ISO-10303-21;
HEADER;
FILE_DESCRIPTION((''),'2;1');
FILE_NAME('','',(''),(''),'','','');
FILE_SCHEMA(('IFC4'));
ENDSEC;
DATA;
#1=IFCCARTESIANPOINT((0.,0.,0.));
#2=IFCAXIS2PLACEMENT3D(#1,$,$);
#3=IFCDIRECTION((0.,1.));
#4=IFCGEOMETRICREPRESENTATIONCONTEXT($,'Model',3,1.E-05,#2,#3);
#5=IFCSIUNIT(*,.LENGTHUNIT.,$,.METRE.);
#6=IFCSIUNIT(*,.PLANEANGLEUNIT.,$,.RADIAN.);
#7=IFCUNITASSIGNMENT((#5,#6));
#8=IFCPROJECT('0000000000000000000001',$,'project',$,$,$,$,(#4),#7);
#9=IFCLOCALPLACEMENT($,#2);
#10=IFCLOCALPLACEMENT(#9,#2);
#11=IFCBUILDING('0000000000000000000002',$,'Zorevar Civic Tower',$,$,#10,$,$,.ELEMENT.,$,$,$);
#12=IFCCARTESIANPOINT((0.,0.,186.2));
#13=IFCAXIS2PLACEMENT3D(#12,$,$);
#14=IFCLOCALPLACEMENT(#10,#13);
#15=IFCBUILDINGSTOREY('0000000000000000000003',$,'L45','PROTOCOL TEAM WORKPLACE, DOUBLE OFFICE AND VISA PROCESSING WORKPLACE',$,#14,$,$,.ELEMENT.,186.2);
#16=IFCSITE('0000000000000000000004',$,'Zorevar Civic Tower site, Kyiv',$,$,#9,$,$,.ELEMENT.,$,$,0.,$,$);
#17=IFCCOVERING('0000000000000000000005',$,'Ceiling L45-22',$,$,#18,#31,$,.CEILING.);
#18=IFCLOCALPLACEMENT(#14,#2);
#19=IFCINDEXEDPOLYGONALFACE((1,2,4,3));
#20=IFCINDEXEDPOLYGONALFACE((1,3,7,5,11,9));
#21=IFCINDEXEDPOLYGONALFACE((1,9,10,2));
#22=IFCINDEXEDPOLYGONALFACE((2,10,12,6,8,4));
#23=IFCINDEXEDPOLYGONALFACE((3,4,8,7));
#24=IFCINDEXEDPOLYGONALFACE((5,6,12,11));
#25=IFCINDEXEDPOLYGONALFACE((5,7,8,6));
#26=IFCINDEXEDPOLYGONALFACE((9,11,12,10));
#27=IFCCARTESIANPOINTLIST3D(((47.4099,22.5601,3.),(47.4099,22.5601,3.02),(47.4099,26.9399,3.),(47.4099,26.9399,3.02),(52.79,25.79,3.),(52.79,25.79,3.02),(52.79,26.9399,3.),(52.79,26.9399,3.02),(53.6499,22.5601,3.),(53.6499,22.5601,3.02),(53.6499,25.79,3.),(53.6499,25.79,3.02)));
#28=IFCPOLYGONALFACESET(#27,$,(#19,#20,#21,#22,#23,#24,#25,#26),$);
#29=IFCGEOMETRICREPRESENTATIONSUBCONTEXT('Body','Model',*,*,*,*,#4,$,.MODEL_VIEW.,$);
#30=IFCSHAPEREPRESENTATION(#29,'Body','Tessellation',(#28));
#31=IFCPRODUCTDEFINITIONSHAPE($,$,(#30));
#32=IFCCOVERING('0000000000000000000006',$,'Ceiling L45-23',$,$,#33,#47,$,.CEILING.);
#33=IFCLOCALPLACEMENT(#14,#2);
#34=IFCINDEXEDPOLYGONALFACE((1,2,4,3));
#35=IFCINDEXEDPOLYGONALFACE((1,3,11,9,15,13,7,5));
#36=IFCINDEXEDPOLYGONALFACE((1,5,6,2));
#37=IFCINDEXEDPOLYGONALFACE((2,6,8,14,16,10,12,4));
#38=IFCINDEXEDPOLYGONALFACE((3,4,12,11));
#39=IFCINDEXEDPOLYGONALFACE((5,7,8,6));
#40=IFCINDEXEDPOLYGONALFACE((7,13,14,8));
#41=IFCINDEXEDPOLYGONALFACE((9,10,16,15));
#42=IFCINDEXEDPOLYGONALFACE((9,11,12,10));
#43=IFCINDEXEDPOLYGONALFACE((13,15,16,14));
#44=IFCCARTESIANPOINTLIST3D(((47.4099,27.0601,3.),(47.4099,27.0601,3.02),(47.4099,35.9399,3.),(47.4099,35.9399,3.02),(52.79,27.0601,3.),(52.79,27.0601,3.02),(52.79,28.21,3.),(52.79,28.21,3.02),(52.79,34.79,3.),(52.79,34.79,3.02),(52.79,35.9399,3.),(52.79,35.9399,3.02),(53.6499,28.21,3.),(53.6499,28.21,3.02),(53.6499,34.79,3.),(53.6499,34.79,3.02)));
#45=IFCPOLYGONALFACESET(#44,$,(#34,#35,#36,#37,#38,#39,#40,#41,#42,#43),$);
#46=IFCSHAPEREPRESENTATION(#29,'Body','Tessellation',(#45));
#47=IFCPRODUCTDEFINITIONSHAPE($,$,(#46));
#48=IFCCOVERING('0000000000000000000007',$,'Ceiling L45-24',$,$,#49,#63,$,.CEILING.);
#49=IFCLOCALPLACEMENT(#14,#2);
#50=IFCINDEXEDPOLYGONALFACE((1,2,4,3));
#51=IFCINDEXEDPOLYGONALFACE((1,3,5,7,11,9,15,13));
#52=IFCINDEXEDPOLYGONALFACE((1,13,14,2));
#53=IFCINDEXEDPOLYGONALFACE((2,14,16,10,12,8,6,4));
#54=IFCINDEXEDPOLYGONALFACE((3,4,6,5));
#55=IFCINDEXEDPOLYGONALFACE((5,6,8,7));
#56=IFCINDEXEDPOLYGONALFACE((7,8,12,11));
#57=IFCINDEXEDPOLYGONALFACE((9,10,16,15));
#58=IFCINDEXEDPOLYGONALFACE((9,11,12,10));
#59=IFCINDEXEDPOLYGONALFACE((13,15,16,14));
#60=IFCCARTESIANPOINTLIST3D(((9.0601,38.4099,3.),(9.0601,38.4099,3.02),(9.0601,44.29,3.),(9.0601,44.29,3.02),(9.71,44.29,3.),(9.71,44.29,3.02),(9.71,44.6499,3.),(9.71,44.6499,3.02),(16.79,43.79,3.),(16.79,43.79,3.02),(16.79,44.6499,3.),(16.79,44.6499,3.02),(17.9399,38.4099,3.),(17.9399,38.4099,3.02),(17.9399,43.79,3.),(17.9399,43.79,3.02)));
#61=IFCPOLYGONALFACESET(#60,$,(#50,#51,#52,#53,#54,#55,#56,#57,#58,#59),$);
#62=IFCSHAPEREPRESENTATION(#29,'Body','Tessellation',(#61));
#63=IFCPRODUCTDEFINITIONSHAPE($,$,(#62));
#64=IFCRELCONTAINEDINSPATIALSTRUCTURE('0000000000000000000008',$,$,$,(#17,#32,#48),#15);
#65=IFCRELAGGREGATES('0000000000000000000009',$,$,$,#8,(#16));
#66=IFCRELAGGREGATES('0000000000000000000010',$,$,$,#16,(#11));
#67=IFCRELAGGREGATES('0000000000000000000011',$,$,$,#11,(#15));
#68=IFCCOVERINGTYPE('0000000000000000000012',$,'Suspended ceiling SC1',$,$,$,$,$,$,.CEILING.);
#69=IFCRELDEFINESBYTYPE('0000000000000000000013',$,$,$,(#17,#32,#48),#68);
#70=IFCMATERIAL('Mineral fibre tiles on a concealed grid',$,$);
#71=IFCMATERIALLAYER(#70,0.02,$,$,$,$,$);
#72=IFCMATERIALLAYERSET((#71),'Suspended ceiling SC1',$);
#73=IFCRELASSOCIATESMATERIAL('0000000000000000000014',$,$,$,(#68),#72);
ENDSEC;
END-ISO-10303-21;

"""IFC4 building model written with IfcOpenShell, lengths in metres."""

from ifc_helpers import new_model, si_unit, direction, frame, origin, place, context, subcontext, project, spatial, polyline, outline, extrude, material, layer, layer_set, type_object, element, save


model = new_model("IFC4")

# Units and contexts
model_context = context("Model", 3, precision=1e-05, world=origin(), true_north=direction((0.0, 1.0)))
body_context = subcontext(model_context, "Body", "Model", "MODEL_VIEW")
ifc_project = project(units=[si_unit("LENGTHUNIT", "METRE"), si_unit("PLANEANGLEUNIT", "RADIAN")], contexts=[model_context])

# Site, building, storey
site_placement = place(None, origin())
site = spatial("IfcSite", under=ifc_project, at=site_placement, Name="Zorevar Civic Tower site, Kyiv", CompositionType="ELEMENT", RefElevation=0.0)
building_placement = place(site_placement, origin())
building = spatial("IfcBuilding", under=site, at=building_placement, Name="Zorevar Civic Tower", CompositionType="ELEMENT")
storey_placement = place(building_placement, frame((0.0, 0.0, 186.2)))
storey = spatial("IfcBuildingStorey", under=building, at=storey_placement, Name="L45", Description="PROTOCOL TEAM WORKPLACE, DOUBLE OFFICE AND VISA PROCESSING WORKPLACE", CompositionType="ELEMENT", Elevation=186.2)

# Coverings
ifc_material_1 = material(Name="Mineral fibre tiles on a concealed grid")
ifc_layer_1 = layer(ifc_material_1, 0.02)
ifc_layer_set_1 = layer_set([ifc_layer_1], Name="Suspended ceiling SC1")
covering_type_1 = type_object("IfcCoveringType", Name="Suspended ceiling SC1", PredefinedType="CEILING", material=ifc_layer_set_1)
covering_1_placement = place(storey_placement, frame((0.0, 0.0, 3.0)))
element("IfcCovering", 1, at=covering_1_placement, inside=storey, type_object=covering_type_1, Name="Ceiling L45-22", PredefinedType="CEILING", context=body_context, shape_type="SweptSolid", body=[
    extrude(outline(polyline([(47.4099, 26.9399), (52.79, 26.9399), (52.79, 25.79), (53.6499, 25.79), (53.6499, 22.5601), (47.4099, 22.5601), (47.4099, 26.9399)])), origin(), (0.0, 0.0, 1.0), 0.02),
])
covering_2_placement = place(storey_placement, frame((0.0, 0.0, 3.0)))
element("IfcCovering", 2, at=covering_2_placement, inside=storey, type_object=covering_type_1, Name="Ceiling L45-23", PredefinedType="CEILING", context=body_context, shape_type="SweptSolid", body=[
    extrude(outline(polyline([(53.6499, 28.21), (52.79, 28.21), (52.79, 27.0601), (47.4099, 27.0601), (47.4099, 35.9399), (52.79, 35.9399), (52.79, 34.79), (53.6499, 34.79), (53.6499, 28.21)])), origin(), (0.0, 0.0, 1.0), 0.02),
])
covering_3_placement = place(storey_placement, frame((0.0, 0.0, 3.0)))
element("IfcCovering", 3, at=covering_3_placement, inside=storey, type_object=covering_type_1, Name="Ceiling L45-24", PredefinedType="CEILING", context=body_context, shape_type="SweptSolid", body=[
    extrude(outline(polyline([(9.71, 44.29), (9.71, 44.6499), (16.79, 44.6499), (16.79, 43.79), (17.9399, 43.79), (17.9399, 38.4099), (9.0601, 38.4099), (9.0601, 44.29), (9.71, 44.29)])), origin(), (0.0, 0.0, 1.0), 0.02),
])

save(model, "model.ifc")
